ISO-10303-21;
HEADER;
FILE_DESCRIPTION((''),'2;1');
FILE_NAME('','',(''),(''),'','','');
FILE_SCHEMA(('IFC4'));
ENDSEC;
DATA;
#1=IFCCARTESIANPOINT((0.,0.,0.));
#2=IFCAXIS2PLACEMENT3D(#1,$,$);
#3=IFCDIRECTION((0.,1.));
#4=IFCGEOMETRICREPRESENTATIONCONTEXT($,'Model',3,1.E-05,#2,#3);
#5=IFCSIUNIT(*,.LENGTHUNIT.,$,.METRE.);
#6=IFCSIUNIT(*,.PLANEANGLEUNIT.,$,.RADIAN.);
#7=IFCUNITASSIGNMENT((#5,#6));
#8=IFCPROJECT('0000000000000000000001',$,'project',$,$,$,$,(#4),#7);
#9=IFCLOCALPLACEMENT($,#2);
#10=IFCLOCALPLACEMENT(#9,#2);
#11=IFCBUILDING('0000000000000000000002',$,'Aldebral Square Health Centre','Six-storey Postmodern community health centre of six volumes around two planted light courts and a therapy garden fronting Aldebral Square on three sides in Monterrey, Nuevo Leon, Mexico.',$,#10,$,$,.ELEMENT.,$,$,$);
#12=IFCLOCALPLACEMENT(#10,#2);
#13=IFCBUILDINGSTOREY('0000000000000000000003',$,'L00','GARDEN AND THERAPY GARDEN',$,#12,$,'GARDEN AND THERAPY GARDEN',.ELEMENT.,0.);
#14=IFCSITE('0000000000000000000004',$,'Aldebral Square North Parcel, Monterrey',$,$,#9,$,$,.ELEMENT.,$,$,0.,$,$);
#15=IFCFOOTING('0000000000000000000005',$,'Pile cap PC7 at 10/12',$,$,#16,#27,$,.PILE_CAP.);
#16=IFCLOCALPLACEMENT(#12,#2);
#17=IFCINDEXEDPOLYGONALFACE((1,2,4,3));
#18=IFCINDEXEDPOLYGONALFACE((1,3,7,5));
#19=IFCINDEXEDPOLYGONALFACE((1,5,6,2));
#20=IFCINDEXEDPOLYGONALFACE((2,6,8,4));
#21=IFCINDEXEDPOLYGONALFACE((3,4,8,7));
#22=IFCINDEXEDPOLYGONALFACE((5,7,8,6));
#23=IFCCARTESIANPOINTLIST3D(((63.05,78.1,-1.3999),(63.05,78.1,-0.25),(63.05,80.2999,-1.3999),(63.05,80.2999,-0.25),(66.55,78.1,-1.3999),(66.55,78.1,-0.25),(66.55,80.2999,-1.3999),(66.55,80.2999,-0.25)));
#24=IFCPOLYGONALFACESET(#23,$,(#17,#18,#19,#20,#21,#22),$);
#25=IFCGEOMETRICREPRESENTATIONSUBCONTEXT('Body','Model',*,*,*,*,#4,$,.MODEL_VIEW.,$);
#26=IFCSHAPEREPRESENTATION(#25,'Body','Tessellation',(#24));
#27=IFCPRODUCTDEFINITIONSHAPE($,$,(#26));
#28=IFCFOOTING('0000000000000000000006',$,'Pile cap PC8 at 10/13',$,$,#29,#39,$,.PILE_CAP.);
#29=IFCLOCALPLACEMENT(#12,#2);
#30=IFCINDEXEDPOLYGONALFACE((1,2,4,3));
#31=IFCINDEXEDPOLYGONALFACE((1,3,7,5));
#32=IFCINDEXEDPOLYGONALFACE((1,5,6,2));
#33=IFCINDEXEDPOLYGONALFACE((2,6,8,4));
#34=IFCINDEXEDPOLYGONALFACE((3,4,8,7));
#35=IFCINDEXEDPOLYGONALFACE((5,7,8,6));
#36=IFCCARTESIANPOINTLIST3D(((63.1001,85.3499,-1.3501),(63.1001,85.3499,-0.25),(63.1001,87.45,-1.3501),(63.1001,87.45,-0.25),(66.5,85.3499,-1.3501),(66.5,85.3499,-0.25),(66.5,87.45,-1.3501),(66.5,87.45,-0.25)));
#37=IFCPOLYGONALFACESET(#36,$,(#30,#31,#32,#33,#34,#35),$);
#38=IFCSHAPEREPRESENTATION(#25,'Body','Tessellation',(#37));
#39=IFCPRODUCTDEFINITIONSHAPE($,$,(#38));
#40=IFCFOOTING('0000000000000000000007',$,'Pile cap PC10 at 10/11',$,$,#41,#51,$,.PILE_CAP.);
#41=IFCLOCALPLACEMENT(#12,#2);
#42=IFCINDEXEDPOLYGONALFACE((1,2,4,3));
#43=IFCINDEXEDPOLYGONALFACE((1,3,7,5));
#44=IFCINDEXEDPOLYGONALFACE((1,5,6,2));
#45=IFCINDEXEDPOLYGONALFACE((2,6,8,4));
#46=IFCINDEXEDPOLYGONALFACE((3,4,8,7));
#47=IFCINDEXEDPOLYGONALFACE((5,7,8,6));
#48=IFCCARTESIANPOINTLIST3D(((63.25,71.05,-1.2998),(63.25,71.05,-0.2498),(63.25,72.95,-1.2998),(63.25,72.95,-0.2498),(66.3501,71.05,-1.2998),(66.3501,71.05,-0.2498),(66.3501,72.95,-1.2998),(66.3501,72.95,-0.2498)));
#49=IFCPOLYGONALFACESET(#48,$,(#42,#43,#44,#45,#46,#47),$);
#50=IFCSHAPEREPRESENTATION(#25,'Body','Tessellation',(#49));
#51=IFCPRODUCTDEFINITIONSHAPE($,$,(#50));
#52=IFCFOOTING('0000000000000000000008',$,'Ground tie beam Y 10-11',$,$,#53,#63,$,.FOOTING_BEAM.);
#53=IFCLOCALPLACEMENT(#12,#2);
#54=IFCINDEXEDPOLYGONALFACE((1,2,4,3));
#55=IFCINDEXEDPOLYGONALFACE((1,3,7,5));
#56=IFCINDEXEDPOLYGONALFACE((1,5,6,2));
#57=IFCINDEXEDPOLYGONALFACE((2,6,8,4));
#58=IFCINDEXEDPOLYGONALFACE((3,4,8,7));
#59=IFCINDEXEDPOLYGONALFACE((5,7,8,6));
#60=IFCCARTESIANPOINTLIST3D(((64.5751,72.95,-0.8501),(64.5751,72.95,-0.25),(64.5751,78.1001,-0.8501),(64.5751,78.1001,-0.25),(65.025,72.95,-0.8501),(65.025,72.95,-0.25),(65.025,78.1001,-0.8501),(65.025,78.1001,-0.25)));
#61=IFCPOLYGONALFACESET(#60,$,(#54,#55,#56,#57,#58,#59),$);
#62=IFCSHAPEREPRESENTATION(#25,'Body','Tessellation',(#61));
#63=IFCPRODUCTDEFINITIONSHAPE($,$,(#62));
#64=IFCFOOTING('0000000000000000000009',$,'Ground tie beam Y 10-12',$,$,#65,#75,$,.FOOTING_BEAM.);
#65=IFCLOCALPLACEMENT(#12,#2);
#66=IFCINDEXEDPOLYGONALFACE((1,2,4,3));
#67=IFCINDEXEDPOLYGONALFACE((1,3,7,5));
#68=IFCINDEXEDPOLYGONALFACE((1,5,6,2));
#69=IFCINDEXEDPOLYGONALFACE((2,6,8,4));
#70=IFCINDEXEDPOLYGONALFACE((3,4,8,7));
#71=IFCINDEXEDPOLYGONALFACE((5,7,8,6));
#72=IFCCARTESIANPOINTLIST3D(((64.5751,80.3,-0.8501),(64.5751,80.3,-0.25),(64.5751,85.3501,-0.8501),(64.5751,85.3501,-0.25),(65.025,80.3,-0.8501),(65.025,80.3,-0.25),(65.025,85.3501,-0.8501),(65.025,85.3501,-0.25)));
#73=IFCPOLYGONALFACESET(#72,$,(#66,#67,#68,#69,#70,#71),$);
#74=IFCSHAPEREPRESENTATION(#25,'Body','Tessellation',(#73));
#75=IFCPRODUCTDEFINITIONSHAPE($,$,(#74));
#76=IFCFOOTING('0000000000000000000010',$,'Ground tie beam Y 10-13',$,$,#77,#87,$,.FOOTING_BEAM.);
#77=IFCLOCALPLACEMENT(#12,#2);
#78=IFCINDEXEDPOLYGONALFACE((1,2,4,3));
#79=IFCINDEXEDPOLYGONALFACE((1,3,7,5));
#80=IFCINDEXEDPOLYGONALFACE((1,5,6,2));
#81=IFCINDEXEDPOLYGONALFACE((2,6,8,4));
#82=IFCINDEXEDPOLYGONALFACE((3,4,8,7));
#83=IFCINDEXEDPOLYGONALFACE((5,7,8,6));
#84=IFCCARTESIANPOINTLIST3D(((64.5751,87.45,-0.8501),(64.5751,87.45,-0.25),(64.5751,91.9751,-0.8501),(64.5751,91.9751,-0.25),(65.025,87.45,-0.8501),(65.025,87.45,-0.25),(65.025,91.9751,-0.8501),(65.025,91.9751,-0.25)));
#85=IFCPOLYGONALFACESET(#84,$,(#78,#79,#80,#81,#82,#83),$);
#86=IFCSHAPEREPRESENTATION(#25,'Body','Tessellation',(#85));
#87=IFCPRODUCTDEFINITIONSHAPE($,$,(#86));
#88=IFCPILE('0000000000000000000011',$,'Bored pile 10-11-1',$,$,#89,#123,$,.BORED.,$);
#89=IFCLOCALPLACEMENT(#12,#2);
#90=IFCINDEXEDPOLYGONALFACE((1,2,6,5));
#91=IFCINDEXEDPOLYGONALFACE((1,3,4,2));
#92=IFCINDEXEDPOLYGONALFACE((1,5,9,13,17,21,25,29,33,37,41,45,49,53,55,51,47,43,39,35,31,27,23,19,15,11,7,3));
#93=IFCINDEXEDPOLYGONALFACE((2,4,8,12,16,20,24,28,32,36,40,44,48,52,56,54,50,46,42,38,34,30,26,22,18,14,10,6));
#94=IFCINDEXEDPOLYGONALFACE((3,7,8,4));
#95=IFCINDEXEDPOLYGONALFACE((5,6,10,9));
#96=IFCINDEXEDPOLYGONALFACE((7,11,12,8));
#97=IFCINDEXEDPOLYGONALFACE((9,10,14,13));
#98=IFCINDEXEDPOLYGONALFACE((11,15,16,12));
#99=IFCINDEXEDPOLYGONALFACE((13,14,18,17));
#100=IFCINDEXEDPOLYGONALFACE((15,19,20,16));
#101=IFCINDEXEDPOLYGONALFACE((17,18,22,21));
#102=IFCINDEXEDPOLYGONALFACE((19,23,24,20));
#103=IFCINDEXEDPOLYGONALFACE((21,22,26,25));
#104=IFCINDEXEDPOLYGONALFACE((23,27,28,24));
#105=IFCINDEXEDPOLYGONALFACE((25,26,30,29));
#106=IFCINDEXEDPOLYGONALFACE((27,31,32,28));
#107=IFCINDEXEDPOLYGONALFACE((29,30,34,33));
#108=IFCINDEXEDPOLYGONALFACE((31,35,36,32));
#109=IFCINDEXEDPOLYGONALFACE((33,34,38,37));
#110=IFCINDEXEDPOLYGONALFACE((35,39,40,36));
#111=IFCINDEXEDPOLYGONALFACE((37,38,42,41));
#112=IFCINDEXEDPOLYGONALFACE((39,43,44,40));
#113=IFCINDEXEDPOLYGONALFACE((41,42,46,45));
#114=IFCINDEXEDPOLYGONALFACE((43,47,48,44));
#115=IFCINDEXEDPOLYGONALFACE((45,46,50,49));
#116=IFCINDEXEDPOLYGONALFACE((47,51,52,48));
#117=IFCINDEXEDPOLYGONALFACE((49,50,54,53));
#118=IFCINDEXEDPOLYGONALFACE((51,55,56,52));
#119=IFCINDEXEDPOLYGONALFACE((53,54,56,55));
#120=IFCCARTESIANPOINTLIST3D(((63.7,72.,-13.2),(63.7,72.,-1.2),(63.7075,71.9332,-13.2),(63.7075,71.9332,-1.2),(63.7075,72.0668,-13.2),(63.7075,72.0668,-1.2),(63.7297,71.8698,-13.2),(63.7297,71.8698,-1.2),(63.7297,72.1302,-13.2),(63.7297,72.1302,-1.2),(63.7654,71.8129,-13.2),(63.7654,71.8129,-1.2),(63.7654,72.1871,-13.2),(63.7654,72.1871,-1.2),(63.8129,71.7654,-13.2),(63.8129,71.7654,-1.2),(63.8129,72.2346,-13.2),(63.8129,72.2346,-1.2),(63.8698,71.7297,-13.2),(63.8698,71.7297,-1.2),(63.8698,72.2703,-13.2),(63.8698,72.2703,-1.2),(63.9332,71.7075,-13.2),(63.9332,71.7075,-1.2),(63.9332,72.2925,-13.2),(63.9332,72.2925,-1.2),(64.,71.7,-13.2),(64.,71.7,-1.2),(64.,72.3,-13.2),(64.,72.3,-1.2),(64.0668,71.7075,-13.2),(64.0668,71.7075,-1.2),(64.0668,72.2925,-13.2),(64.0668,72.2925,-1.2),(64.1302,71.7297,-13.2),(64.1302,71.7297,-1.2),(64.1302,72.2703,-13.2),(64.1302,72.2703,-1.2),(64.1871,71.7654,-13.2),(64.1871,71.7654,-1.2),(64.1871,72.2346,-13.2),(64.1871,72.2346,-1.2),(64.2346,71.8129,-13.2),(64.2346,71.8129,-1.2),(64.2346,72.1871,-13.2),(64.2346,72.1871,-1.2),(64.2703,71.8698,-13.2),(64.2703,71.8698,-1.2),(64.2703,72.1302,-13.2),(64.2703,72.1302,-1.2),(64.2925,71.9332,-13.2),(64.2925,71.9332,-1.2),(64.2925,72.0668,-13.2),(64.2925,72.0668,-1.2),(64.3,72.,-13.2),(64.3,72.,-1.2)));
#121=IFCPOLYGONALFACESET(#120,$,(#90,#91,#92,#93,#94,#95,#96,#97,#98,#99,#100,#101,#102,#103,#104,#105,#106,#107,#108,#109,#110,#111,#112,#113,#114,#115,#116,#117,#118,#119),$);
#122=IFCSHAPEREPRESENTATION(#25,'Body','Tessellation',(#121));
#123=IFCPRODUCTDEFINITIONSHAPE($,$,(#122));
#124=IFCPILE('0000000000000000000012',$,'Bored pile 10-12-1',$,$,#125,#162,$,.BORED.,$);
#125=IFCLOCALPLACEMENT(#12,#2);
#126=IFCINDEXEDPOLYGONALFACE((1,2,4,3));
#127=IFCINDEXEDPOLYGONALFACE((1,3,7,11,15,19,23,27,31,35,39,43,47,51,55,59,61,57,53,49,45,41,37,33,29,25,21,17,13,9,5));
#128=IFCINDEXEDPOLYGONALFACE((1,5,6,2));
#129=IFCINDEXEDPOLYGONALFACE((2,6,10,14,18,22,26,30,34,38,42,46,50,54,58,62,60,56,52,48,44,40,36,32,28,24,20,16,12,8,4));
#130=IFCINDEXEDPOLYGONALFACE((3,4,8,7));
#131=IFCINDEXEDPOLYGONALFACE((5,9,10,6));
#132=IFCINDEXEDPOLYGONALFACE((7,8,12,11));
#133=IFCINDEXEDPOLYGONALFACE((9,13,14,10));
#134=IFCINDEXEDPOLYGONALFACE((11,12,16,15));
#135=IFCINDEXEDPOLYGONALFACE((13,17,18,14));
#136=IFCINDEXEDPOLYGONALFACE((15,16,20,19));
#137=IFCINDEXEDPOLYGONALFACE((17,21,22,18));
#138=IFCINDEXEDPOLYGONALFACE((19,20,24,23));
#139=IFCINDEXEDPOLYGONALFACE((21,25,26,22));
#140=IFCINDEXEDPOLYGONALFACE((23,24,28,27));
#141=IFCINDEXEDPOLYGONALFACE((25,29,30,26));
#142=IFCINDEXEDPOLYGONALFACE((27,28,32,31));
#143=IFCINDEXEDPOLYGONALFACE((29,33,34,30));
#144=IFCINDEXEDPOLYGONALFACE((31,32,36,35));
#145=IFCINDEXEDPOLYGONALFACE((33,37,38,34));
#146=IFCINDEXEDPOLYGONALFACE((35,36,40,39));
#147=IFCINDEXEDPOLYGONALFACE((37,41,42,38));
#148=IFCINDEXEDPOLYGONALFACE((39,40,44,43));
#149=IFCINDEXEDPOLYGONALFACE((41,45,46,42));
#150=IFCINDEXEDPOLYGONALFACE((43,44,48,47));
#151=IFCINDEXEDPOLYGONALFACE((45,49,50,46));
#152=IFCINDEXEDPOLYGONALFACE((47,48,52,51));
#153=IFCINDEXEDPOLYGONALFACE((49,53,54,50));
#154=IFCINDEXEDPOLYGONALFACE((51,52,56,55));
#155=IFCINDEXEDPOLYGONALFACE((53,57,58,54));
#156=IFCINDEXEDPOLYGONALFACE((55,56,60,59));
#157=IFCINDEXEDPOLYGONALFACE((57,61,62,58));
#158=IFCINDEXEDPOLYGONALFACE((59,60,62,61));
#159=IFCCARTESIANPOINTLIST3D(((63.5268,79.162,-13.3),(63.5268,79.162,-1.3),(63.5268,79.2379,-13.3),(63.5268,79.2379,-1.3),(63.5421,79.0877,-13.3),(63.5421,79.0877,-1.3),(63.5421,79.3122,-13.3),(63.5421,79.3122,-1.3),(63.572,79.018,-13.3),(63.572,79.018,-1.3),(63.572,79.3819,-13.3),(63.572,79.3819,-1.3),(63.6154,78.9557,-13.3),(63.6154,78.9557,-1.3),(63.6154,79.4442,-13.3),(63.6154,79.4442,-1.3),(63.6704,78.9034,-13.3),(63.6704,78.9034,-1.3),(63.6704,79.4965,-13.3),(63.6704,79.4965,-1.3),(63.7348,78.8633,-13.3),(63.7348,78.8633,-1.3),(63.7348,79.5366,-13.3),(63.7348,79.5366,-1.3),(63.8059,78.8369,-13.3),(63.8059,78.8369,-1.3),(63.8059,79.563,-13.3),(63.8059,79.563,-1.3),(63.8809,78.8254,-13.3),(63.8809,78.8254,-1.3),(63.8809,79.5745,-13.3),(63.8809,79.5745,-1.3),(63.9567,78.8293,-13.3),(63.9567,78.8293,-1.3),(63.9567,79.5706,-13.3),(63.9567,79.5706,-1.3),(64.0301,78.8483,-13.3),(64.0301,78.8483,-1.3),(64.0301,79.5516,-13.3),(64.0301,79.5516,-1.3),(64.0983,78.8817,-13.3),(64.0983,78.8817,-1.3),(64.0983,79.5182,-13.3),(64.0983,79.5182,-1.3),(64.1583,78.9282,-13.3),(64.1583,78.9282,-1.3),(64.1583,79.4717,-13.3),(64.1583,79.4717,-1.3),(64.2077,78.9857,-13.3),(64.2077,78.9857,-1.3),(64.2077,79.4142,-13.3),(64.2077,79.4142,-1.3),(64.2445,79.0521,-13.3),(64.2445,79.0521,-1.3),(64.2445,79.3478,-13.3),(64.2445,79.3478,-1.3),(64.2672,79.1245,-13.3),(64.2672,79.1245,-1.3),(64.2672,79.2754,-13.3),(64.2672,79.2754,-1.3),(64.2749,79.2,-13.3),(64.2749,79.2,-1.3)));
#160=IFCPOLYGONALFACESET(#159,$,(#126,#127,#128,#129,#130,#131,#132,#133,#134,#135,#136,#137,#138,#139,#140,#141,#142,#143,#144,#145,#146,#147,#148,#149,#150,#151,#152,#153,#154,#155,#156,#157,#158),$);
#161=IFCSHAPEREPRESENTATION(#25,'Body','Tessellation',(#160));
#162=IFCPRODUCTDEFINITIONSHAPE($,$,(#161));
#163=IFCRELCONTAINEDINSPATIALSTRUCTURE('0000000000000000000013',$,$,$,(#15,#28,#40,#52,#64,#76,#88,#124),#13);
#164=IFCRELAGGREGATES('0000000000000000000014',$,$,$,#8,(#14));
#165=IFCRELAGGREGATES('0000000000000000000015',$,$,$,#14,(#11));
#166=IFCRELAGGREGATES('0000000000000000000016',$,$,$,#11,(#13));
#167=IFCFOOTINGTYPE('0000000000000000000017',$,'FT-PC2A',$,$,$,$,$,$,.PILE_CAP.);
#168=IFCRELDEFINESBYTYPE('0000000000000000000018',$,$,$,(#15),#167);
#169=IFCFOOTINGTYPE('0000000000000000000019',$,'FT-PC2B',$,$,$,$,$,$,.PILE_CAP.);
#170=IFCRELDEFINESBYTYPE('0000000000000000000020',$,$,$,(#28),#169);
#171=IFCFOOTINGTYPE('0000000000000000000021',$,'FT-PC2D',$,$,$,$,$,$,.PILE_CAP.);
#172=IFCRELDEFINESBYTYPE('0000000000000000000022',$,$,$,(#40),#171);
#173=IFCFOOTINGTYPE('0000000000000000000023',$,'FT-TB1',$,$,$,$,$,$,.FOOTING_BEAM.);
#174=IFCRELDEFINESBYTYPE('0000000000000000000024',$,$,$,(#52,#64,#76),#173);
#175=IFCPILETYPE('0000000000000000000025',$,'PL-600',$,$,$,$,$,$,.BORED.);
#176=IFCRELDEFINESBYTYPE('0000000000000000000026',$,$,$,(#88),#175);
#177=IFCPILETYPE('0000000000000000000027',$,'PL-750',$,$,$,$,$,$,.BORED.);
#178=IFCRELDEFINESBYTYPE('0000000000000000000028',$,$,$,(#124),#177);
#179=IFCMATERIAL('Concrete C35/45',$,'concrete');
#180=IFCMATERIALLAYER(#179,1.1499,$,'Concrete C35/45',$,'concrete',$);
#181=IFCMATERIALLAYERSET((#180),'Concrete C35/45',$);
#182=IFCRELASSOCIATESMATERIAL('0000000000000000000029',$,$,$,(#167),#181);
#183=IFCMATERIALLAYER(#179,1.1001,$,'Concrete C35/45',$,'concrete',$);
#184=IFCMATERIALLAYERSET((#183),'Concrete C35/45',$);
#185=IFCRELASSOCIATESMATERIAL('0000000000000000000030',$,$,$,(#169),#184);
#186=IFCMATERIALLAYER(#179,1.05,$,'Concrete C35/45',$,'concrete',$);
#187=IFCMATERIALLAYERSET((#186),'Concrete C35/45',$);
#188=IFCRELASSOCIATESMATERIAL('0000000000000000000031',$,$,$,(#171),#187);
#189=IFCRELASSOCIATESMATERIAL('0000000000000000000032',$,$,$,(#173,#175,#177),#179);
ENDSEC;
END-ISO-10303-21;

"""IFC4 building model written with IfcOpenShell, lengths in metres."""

from ifc_helpers import new_model, si_unit, direction, frame, origin, origin_2d, place, context, subcontext, project, spatial, rectangle, circle, extrude, material, layer, layer_set, material_profile, profile_set, type_object, element, save


model = new_model("IFC4")

# Units and contexts
model_context = context("Model", 3, precision=1e-05, world=origin(), true_north=direction((0.0, 1.0)))
body_context = subcontext(model_context, "Body", "Model", "MODEL_VIEW")
ifc_project = project(units=[si_unit("LENGTHUNIT", "METRE"), si_unit("PLANEANGLEUNIT", "RADIAN")], contexts=[model_context])

# Site, building, storey
site_placement = place(None, origin())
site = spatial("IfcSite", under=ifc_project, at=site_placement, Name="Aldebral Square North Parcel, Monterrey", CompositionType="ELEMENT", RefElevation=0.0)
building_placement = place(site_placement, origin())
building = spatial("IfcBuilding", under=site, at=building_placement, Name="Aldebral Square Health Centre", Description="Six-storey Postmodern community health centre of six volumes around two planted light courts and a therapy garden fronting Aldebral Square on three sides in Monterrey, Nuevo Leon, Mexico.", CompositionType="ELEMENT")
storey_placement = place(building_placement, origin())
storey = spatial("IfcBuildingStorey", under=building, at=storey_placement, Name="L00", Description="GARDEN AND THERAPY GARDEN", LongName="GARDEN AND THERAPY GARDEN", CompositionType="ELEMENT", Elevation=0.0)

# Footings
ifc_material_1 = material(Name="Concrete C35/45", Category="concrete")
ifc_layer_1 = layer(ifc_material_1, 1.1499, Name="Concrete C35/45", Category="concrete")
ifc_layer_set_1 = layer_set([ifc_layer_1], Name="Concrete C35/45")
footing_type_1 = type_object("IfcFootingType", Name="FT-PC2A", PredefinedType="PILE_CAP", material=ifc_layer_set_1)
footing_1_placement = place(storey_placement, frame((64.8, 79.2, -1.3999), z_axis=(0.0, 0.0, 1.0), x_axis=(1.0, 0.0, 0.0)))
element("IfcFooting", 1, at=footing_1_placement, inside=storey, type_object=footing_type_1, Name="Pile cap PC7 at 10/12", PredefinedType="PILE_CAP", context=body_context, shape_type="SweptSolid", body=[
    extrude(rectangle(XDim=3.5, YDim=2.2, at=origin_2d()), origin(), (0.0, 0.0, 1.0), 1.1499),
])
ifc_layer_2 = layer(ifc_material_1, 1.1001, Name="Concrete C35/45", Category="concrete")
ifc_layer_set_2 = layer_set([ifc_layer_2], Name="Concrete C35/45")
footing_type_2 = type_object("IfcFootingType", Name="FT-PC2B", PredefinedType="PILE_CAP", material=ifc_layer_set_2)
footing_2_placement = place(storey_placement, frame((64.8, 86.3999, -1.3501), z_axis=(0.0, 0.0, 1.0), x_axis=(1.0, 0.0, 0.0)))
element("IfcFooting", 2, at=footing_2_placement, inside=storey, type_object=footing_type_2, Name="Pile cap PC8 at 10/13", PredefinedType="PILE_CAP", context=body_context, shape_type="SweptSolid", body=[
    extrude(rectangle(XDim=3.3999, YDim=2.1001, at=origin_2d()), origin(), (0.0, 0.0, 1.0), 1.1001),
])
ifc_layer_3 = layer(ifc_material_1, 1.05, Name="Concrete C35/45", Category="concrete")
ifc_layer_set_3 = layer_set([ifc_layer_3], Name="Concrete C35/45")
footing_type_3 = type_object("IfcFootingType", Name="FT-PC2D", PredefinedType="PILE_CAP", material=ifc_layer_set_3)
footing_3_placement = place(storey_placement, frame((64.8, 72.0, -1.2998), z_axis=(0.0, 0.0, 1.0), x_axis=(1.0, 0.0, 0.0)))
element("IfcFooting", 3, at=footing_3_placement, inside=storey, type_object=footing_type_3, Name="Pile cap PC10 at 10/11", PredefinedType="PILE_CAP", context=body_context, shape_type="SweptSolid", body=[
    extrude(rectangle(XDim=3.1001, YDim=1.8999, at=origin_2d()), origin(), (0.0, 0.0, 1.0), 1.05),
])
ifc_material_profile_1 = material_profile(ifc_material_1, rectangle(XDim=0.45, YDim=0.6001, at=origin_2d()), Name="RC 450x600")
ifc_profile_set_1 = profile_set([ifc_material_profile_1], Name="Concrete C35/45")
footing_type_4 = type_object("IfcFootingType", Name="FT-TB1", PredefinedType="FOOTING_BEAM", material=ifc_profile_set_1)
footing_4_placement = place(storey_placement, frame((64.8, 72.95, -0.55), z_axis=(0.0, 1.0, 0.0), x_axis=(-1.0, 0.0, 0.0)))
element("IfcFooting", 4, at=footing_4_placement, inside=storey, type_object=footing_type_4, Name="Ground tie beam Y 10-11", PredefinedType="FOOTING_BEAM", context=body_context, shape_type="SweptSolid", body=[
    extrude(rectangle(XDim=0.45, YDim=0.6001, at=origin_2d()), origin(), (0.0, 0.0, 1.0), 5.1501),
])
footing_5_placement = place(storey_placement, frame((64.8, 80.3, -0.55), z_axis=(0.0, 1.0, 0.0), x_axis=(-1.0, 0.0, 0.0)))
element("IfcFooting", 5, at=footing_5_placement, inside=storey, type_object=footing_type_4, Name="Ground tie beam Y 10-12", PredefinedType="FOOTING_BEAM", context=body_context, shape_type="SweptSolid", body=[
    extrude(rectangle(XDim=0.45, YDim=0.6001, at=origin_2d()), origin(), (0.0, 0.0, 1.0), 5.05),
])
footing_6_placement = place(storey_placement, frame((64.8, 87.45, -0.55), z_axis=(0.0, 1.0, 0.0), x_axis=(-1.0, 0.0, 0.0)))
element("IfcFooting", 6, at=footing_6_placement, inside=storey, type_object=footing_type_4, Name="Ground tie beam Y 10-13", PredefinedType="FOOTING_BEAM", context=body_context, shape_type="SweptSolid", body=[
    extrude(rectangle(XDim=0.45, YDim=0.6001, at=origin_2d()), origin(), (0.0, 0.0, 1.0), 4.5251),
])

# Piles
ifc_material_profile_2 = material_profile(ifc_material_1, circle(Radius=0.3, at=origin_2d()), Name="PILE D600")
ifc_profile_set_2 = profile_set([ifc_material_profile_2], Name="Concrete C35/45")
pile_type_1 = type_object("IfcPileType", Name="PL-600", PredefinedType="BORED", material=ifc_profile_set_2)
pile_placement = place(storey_placement, frame((64.0, 72.0, -1.2), z_axis=(0.0, 0.0, -1.0), x_axis=(1.0, 0.0, 0.0)))
element("IfcPile", 7, at=pile_placement, inside=storey, type_object=pile_type_1, Name="Bored pile 10-11-1", PredefinedType="BORED", context=body_context, shape_type="SweptSolid", body=[
    extrude(circle(Radius=0.3, at=origin_2d()), origin(), (0.0, 0.0, 1.0), 12.0),
])
ifc_material_profile_3 = material_profile(ifc_material_1, circle(Radius=0.375, at=origin_2d()), Name="PILE D750")
ifc_profile_set_3 = profile_set([ifc_material_profile_3], Name="Concrete C35/45")
pile_type_2 = type_object("IfcPileType", Name="PL-750", PredefinedType="BORED", material=ifc_profile_set_3)
for number, where, z_axis, x_axis, name in (
    (8, (63.8999, 79.2, -1.3), (0.0, 0.0, -1.0), (1.0, 0.0, 0.0), "Bored pile 10-12-1"),
):
    element("IfcPile", number, at=place(storey_placement, frame(where, z_axis=z_axis, x_axis=x_axis)), inside=storey, type_object=pile_type_2, Name=name, PredefinedType="BORED", context=body_context, shape_type="SweptSolid", body=[
        extrude(circle(Radius=0.375, at=origin_2d()), origin(), (0.0, 0.0, 1.0), 12.0),
    ])

save(model, "model.ifc")
